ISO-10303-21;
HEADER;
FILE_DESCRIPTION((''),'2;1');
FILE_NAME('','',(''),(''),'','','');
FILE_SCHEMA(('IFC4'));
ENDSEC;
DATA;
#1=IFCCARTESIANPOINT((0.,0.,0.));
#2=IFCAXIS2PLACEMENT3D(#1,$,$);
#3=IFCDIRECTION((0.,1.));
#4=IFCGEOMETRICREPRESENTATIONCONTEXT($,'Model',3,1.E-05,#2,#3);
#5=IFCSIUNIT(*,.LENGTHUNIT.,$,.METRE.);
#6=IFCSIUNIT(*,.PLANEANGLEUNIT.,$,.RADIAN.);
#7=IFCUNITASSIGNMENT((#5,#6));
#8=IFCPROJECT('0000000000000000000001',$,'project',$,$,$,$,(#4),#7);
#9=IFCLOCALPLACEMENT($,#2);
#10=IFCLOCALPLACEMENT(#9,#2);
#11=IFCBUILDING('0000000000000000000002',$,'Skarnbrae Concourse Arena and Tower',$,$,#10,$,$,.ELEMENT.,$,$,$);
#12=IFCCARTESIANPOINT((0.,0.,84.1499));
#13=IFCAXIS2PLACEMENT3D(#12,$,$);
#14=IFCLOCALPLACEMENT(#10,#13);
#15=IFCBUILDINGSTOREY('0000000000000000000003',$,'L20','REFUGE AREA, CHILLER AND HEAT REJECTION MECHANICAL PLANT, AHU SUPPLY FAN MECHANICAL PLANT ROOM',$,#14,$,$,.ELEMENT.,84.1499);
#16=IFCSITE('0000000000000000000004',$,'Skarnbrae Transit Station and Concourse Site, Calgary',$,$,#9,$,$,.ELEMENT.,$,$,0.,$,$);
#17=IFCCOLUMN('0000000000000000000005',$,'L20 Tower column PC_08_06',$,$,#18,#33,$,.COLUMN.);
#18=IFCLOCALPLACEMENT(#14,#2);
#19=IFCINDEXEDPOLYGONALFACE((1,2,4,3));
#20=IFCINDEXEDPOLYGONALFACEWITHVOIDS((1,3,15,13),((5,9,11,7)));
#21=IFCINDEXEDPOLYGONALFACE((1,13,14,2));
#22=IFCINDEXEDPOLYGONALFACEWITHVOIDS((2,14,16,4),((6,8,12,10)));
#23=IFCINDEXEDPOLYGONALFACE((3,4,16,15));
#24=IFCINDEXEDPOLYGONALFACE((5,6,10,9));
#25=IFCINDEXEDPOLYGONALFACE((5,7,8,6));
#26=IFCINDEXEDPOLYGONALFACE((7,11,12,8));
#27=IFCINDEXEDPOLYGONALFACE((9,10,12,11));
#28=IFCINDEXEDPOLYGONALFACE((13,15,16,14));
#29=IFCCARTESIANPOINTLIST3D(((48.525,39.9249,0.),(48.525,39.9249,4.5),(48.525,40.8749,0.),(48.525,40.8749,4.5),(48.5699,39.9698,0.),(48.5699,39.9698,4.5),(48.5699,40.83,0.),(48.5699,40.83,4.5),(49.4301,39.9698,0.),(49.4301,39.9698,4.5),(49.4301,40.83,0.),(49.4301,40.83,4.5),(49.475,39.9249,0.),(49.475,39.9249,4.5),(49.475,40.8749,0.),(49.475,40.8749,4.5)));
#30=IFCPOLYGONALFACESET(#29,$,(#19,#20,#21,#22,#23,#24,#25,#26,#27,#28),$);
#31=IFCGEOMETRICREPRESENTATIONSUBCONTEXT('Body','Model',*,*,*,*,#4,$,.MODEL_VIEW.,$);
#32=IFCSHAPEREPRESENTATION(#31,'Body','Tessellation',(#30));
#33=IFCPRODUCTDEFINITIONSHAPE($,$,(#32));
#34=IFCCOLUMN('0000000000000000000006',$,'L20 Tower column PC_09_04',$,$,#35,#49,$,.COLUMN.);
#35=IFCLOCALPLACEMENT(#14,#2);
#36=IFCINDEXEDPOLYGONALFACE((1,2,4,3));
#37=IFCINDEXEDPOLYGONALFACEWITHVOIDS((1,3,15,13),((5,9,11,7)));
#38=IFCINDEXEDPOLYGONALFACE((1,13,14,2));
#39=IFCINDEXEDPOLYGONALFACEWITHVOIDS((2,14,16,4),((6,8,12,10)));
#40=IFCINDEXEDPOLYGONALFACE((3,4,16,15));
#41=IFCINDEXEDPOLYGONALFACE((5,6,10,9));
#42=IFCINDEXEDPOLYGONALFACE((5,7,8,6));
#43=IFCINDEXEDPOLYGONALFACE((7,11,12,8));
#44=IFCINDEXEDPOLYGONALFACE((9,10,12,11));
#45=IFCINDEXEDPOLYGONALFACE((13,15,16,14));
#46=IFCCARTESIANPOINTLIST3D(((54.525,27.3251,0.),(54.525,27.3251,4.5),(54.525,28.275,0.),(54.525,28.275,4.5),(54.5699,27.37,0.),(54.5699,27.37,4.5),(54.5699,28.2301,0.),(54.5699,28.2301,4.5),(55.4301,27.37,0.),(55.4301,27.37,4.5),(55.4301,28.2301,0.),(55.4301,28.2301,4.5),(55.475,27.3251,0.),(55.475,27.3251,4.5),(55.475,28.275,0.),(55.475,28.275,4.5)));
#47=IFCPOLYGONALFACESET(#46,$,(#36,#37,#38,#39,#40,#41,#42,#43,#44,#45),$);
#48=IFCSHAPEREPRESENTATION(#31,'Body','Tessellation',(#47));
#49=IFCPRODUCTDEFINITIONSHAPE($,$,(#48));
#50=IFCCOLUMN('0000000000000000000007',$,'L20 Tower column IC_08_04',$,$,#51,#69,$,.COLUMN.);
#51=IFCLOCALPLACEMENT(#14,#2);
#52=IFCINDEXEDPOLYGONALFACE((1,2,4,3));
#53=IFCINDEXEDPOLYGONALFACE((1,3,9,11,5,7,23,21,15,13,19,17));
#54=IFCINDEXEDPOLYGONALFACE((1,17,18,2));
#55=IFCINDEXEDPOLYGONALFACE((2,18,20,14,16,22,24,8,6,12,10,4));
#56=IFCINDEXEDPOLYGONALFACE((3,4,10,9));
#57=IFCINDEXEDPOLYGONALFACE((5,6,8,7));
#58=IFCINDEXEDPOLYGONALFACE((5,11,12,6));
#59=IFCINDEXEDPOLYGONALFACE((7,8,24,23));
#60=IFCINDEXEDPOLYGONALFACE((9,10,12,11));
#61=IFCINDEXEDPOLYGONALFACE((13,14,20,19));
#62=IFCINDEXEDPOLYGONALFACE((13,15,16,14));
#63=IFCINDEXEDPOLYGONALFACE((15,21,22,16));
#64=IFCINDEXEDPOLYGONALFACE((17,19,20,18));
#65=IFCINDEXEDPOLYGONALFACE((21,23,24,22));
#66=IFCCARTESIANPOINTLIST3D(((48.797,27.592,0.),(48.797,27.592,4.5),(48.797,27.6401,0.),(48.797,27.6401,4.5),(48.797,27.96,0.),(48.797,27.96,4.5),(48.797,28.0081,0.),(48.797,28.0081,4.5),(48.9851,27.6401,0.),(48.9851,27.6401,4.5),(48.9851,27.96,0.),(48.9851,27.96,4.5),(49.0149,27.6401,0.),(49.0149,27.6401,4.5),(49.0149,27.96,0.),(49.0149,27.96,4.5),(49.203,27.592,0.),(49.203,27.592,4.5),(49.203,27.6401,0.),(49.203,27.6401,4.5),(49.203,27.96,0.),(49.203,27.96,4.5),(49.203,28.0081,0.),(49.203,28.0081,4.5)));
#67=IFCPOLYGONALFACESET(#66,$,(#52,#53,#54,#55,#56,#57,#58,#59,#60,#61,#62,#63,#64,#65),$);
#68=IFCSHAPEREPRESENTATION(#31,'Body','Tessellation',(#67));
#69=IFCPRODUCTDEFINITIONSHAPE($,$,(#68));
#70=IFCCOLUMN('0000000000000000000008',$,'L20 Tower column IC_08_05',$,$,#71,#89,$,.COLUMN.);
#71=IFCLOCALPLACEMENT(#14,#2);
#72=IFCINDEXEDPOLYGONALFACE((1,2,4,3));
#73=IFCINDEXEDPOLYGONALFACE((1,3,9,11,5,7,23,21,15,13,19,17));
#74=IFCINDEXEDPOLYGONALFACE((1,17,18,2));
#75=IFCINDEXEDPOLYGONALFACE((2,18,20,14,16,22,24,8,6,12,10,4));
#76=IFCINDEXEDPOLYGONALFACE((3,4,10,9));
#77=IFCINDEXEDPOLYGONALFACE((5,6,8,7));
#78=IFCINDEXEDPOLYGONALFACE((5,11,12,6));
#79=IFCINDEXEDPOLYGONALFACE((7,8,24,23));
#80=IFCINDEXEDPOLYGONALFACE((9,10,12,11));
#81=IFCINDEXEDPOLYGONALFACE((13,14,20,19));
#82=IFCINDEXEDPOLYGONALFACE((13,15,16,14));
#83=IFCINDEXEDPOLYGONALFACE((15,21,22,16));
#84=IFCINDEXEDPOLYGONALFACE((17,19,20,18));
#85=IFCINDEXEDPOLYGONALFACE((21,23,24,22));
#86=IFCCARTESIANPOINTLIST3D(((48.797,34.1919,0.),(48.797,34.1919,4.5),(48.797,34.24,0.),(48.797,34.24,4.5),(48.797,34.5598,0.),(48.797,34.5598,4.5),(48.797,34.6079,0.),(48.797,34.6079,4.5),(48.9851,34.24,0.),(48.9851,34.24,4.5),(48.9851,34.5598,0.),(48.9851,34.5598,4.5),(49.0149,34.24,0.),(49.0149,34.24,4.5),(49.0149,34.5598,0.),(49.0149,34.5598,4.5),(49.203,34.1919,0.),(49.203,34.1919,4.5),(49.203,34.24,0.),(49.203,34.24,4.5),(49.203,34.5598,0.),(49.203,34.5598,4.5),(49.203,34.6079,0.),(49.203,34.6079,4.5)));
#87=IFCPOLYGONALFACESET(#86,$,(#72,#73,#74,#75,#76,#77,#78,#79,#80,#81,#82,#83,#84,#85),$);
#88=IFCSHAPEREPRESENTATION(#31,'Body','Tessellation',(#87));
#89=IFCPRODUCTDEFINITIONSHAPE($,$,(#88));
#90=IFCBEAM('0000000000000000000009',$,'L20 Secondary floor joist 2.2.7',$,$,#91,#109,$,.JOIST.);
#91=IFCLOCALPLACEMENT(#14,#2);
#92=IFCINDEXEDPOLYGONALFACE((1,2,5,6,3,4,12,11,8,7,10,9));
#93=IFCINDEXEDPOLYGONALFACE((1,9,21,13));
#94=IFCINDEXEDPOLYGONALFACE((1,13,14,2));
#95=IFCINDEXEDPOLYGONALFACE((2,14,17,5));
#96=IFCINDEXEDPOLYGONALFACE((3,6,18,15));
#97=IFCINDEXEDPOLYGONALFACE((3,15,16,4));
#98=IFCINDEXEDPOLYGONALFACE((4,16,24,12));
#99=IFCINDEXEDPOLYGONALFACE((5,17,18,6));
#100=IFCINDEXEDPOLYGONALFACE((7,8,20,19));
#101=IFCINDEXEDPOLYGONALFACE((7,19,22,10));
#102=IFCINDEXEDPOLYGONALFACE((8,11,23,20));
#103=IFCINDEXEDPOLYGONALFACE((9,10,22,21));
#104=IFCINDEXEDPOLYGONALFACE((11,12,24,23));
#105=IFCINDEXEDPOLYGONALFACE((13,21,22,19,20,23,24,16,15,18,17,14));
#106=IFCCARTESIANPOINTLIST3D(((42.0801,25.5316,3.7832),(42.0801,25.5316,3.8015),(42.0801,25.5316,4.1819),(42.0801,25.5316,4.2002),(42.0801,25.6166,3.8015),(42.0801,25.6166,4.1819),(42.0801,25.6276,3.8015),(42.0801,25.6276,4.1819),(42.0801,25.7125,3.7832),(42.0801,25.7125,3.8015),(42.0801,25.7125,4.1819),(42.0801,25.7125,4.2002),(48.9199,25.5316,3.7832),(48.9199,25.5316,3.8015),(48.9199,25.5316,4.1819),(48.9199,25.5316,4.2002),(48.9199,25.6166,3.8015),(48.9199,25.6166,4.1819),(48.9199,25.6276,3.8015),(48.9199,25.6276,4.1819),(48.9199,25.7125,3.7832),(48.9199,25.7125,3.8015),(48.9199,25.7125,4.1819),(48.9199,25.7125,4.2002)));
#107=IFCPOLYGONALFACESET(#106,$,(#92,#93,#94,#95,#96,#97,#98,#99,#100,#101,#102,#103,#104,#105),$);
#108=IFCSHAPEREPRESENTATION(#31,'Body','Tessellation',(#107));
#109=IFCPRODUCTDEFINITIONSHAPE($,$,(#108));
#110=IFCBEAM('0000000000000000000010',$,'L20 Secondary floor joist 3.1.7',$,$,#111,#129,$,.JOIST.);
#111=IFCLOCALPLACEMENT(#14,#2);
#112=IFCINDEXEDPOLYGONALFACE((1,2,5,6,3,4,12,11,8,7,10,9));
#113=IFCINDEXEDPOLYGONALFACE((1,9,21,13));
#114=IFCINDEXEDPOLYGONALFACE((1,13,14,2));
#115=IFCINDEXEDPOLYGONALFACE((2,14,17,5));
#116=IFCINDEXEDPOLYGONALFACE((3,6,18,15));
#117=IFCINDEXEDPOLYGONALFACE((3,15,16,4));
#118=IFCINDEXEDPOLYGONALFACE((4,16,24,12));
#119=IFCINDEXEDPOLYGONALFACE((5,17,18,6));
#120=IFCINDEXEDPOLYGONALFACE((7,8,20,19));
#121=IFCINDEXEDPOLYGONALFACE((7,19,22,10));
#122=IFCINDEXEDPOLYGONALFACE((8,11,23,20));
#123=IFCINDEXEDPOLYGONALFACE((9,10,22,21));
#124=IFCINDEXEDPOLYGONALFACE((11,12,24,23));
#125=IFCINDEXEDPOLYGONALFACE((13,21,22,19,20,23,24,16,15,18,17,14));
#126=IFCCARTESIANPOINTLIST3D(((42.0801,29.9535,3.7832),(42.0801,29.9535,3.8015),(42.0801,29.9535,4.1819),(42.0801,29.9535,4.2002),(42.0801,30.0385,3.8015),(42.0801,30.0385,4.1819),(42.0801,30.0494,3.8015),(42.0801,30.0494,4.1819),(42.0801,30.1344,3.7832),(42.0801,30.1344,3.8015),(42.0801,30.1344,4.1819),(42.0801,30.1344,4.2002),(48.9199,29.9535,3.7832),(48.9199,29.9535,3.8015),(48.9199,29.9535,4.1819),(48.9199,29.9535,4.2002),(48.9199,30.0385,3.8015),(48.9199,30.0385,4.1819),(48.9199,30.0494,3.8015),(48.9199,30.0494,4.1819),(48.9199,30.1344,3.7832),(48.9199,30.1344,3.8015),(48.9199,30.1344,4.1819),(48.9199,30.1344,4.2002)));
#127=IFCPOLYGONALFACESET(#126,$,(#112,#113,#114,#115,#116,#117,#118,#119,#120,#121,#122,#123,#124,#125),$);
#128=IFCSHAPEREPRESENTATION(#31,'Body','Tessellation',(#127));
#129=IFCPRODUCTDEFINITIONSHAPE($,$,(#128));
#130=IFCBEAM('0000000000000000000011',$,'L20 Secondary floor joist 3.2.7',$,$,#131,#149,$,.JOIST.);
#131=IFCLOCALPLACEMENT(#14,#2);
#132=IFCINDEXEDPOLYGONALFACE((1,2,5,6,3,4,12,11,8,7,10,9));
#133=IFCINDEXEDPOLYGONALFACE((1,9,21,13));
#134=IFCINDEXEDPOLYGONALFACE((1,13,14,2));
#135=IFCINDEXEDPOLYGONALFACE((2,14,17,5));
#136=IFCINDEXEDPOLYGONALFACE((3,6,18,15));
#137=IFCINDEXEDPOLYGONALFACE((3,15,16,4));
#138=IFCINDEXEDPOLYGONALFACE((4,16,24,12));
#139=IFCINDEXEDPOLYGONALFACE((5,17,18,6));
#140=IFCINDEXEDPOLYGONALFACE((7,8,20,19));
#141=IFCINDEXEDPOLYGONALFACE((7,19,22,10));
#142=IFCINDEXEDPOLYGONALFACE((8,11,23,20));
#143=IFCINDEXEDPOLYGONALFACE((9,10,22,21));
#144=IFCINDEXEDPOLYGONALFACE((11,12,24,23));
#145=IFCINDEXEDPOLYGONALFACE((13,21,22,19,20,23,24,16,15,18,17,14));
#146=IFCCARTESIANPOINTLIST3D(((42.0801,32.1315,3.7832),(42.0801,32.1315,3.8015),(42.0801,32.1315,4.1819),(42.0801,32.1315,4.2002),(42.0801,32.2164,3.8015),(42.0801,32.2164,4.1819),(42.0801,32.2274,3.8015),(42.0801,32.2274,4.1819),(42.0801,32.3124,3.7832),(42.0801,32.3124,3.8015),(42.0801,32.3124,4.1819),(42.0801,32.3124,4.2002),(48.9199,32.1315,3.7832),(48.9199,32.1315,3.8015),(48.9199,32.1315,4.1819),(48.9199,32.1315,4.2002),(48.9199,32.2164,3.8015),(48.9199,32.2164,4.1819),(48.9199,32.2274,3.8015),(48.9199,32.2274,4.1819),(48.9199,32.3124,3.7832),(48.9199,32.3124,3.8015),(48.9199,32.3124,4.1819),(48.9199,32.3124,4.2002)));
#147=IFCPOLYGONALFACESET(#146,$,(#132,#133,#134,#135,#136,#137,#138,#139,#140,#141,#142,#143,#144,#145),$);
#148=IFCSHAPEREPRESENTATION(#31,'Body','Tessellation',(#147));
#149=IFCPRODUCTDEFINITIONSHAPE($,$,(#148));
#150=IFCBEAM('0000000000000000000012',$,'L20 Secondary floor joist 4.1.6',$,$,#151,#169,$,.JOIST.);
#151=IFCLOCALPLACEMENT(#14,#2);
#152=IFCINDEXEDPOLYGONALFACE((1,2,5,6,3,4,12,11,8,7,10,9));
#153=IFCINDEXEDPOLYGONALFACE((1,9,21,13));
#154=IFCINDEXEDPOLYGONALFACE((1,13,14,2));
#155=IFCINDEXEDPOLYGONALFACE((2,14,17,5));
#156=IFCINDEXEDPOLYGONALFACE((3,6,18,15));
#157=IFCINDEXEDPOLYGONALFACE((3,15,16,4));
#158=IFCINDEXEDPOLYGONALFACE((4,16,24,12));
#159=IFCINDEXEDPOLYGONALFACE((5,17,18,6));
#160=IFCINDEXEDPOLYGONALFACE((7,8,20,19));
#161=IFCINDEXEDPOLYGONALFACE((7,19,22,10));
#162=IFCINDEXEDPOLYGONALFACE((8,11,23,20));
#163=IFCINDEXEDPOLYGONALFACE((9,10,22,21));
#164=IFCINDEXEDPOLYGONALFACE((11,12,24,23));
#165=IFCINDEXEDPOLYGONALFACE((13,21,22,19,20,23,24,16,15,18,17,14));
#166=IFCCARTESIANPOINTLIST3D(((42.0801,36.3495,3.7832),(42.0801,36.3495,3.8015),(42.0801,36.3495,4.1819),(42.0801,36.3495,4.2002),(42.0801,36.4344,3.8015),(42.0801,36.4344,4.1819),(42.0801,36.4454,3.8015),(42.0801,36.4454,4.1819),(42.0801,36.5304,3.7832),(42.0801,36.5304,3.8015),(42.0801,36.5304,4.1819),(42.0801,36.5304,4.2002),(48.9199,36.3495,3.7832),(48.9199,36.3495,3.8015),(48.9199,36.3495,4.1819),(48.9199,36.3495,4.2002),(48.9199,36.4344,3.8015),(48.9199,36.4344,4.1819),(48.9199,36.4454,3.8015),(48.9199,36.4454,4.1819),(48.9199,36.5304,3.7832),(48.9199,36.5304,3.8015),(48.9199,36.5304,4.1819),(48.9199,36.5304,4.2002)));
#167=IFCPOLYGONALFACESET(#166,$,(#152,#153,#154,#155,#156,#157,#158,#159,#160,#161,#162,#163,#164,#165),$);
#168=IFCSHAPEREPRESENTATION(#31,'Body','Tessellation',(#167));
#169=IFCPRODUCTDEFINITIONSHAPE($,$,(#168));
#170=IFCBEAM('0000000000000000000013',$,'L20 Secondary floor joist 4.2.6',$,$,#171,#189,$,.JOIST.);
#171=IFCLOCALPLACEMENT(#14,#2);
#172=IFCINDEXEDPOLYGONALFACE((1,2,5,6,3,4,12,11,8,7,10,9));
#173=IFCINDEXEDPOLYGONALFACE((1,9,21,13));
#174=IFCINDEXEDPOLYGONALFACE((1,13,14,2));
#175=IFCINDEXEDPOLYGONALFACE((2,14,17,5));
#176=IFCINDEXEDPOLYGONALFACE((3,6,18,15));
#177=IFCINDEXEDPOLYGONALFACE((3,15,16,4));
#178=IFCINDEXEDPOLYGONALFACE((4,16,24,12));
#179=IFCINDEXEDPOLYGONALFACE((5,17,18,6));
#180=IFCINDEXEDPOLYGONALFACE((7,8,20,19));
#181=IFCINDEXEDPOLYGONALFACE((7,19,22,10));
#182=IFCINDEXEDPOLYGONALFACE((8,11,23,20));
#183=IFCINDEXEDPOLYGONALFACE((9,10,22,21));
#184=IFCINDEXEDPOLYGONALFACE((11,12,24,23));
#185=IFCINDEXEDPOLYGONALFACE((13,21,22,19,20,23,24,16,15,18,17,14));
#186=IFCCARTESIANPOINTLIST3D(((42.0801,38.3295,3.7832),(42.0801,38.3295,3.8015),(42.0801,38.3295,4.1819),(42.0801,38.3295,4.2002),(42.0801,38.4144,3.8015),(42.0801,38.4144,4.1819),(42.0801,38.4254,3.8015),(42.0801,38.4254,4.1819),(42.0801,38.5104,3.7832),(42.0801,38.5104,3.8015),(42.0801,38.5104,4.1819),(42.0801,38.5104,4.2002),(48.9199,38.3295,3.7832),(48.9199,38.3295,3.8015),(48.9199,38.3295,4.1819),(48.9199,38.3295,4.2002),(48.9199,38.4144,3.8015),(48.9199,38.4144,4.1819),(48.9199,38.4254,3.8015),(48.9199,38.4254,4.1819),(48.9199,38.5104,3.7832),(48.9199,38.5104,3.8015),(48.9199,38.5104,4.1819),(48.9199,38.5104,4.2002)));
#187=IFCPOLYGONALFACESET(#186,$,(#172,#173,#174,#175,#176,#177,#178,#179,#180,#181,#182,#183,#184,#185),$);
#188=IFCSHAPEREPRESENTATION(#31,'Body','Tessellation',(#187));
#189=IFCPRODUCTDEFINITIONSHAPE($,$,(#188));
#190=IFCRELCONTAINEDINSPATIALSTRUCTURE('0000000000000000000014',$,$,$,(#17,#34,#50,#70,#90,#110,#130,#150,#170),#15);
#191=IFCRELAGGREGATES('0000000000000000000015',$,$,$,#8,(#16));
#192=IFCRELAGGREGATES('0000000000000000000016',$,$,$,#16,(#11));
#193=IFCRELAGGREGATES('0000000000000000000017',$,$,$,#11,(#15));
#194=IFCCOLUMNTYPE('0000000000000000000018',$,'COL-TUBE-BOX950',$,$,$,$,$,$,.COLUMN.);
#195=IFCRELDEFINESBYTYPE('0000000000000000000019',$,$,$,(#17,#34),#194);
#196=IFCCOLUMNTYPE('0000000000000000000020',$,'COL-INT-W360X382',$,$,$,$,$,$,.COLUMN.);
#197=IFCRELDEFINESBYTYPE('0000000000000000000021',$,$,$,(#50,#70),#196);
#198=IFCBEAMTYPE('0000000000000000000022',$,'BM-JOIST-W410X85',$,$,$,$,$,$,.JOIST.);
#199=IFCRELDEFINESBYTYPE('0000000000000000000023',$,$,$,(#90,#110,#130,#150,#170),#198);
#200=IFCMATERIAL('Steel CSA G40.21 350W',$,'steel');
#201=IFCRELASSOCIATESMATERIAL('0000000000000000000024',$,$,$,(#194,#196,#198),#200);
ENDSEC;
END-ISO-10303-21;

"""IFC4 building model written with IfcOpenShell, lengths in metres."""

from ifc_helpers import new_model, si_unit, direction, frame, origin, origin_2d, place, context, subcontext, project, spatial, hollow_rectangle, i_section, extrude, source, transform, mapped, material, material_profile, profile_set, type_object, element, save


model = new_model("IFC4")

# Units and contexts
model_context = context("Model", 3, precision=1e-05, world=origin(), true_north=direction((0.0, 1.0)))
body_context = subcontext(model_context, "Body", "Model", "MODEL_VIEW")
ifc_project = project(units=[si_unit("LENGTHUNIT", "METRE"), si_unit("PLANEANGLEUNIT", "RADIAN")], contexts=[model_context])

# Site, building, storey
site_placement = place(None, origin())
site = spatial("IfcSite", under=ifc_project, at=site_placement, Name="Skarnbrae Transit Station and Concourse Site, Calgary", CompositionType="ELEMENT", RefElevation=0.0)
building_placement = place(site_placement, origin())
building = spatial("IfcBuilding", under=site, at=building_placement, Name="Skarnbrae Concourse Arena and Tower", CompositionType="ELEMENT")
storey_placement = place(building_placement, frame((0.0, 0.0, 84.1499)))
storey = spatial("IfcBuildingStorey", under=building, at=storey_placement, Name="L20", Description="REFUGE AREA, CHILLER AND HEAT REJECTION MECHANICAL PLANT, AHU SUPPLY FAN MECHANICAL PLANT ROOM", CompositionType="ELEMENT", Elevation=84.1499)

# Columns
ifc_material_1 = material(Name="Steel CSA G40.21 350W", Category="steel")
ifc_material_profile_1 = material_profile(ifc_material_1, hollow_rectangle(XDim=0.95, YDim=0.95, WallThickness=0.0449, at=origin_2d()), Name="BOX950X950X45")
ifc_profile_set_1 = profile_set([ifc_material_profile_1], Name="Steel CSA G40.21 350W")
column_type_1 = type_object("IfcColumnType", Name="COL-TUBE-BOX950", PredefinedType="COLUMN", material=ifc_profile_set_1)
shared_shape_1 = source(origin(), body_context, "Body", "SweptSolid", [
    extrude(hollow_rectangle(XDim=0.95, YDim=0.95, WallThickness=0.0449, at=origin_2d()), origin(), (0.0, 0.0, 1.0), 4.5),
])
for number, where, z_axis, x_axis, name in (
    (1, (49.0, 40.3999, 0.0), (0.0, 0.0, 1.0), (1.0, 0.0, 0.0), "L20 Tower column PC_08_06"),
    (2, (55.0, 27.8, 0.0), (0.0, 0.0, 1.0), (1.0, 0.0, 0.0), "L20 Tower column PC_09_04"),
):
    element("IfcColumn", number, at=place(storey_placement, frame(where, z_axis=z_axis, x_axis=x_axis)), inside=storey, type_object=column_type_1, Name=name, PredefinedType="COLUMN", context=body_context, shape_type="MappedRepresentation", body=[
        mapped(shared_shape_1, transform((0.0, 0.0, 0.0))),
    ])
ifc_material_profile_2 = material_profile(ifc_material_1, i_section(OverallWidth=0.406, OverallDepth=0.416, WebThickness=0.0298, FlangeThickness=0.0481, at=origin_2d()), Name="W360X382")
ifc_profile_set_2 = profile_set([ifc_material_profile_2], Name="Steel CSA G40.21 350W")
column_type_2 = type_object("IfcColumnType", Name="COL-INT-W360X382", PredefinedType="COLUMN", material=ifc_profile_set_2)
shared_shape_2 = source(origin(), body_context, "Body", "SweptSolid", [
    extrude(i_section(OverallWidth=0.406, OverallDepth=0.416, WebThickness=0.0298, FlangeThickness=0.0481, at=origin_2d()), origin(), (0.0, 0.0, 1.0), 4.5),
])
for number, where, z_axis, x_axis, name in (
    (3, (49.0, 27.8, 0.0), (0.0, 0.0, 1.0), (1.0, 0.0, 0.0), "L20 Tower column IC_08_04"),
    (4, (49.0, 34.3999, 0.0), (0.0, 0.0, 1.0), (1.0, 0.0, 0.0), "L20 Tower column IC_08_05"),
):
    element("IfcColumn", number, at=place(storey_placement, frame(where, z_axis=z_axis, x_axis=x_axis)), inside=storey, type_object=column_type_2, Name=name, PredefinedType="COLUMN", context=body_context, shape_type="MappedRepresentation", body=[
        mapped(shared_shape_2, transform((0.0, 0.0, 0.0))),
    ])

# Beams
ifc_material_profile_3 = material_profile(ifc_material_1, i_section(OverallWidth=0.1809, OverallDepth=0.417, WebThickness=0.011, FlangeThickness=0.0183, at=origin_2d()), Name="W410X85")
ifc_profile_set_3 = profile_set([ifc_material_profile_3], Name="Steel CSA G40.21 350W")
beam_type_1 = type_object("IfcBeamType", Name="BM-JOIST-W410X85", PredefinedType="JOIST", material=ifc_profile_set_3)
shared_shape_3 = source(origin(), body_context, "Body", "SweptSolid", [
    extrude(i_section(OverallWidth=0.1809, OverallDepth=0.417, WebThickness=0.011, FlangeThickness=0.0183, at=origin_2d()), origin(), (0.0, 0.0, 1.0), 6.8398),
])
for number, where, z_axis, x_axis, name in (
    (5, (42.0801, 25.6221, 3.9917), (1.0, 0.0, 0.0), (0.0, 1.0, 0.0), "L20 Secondary floor joist 2.2.7"),
    (6, (42.0801, 30.0439, 3.9917), (1.0, 0.0, 0.0), (0.0, 1.0, 0.0), "L20 Secondary floor joist 3.1.7"),
    (7, (42.0801, 32.2219, 3.9917), (1.0, 0.0, 0.0), (0.0, 1.0, 0.0), "L20 Secondary floor joist 3.2.7"),
    (8, (42.0801, 36.4399, 3.9917), (1.0, 0.0, 0.0), (0.0, 1.0, 0.0), "L20 Secondary floor joist 4.1.6"),
    (9, (42.0801, 38.4199, 3.9917), (1.0, 0.0, 0.0), (0.0, 1.0, 0.0), "L20 Secondary floor joist 4.2.6"),
):
    element("IfcBeam", number, at=place(storey_placement, frame(where, z_axis=z_axis, x_axis=x_axis)), inside=storey, type_object=beam_type_1, Name=name, PredefinedType="JOIST", context=body_context, shape_type="MappedRepresentation", body=[
        mapped(shared_shape_3, transform((0.0, 0.0, 0.0))),
    ])

save(model, "model.ifc")
